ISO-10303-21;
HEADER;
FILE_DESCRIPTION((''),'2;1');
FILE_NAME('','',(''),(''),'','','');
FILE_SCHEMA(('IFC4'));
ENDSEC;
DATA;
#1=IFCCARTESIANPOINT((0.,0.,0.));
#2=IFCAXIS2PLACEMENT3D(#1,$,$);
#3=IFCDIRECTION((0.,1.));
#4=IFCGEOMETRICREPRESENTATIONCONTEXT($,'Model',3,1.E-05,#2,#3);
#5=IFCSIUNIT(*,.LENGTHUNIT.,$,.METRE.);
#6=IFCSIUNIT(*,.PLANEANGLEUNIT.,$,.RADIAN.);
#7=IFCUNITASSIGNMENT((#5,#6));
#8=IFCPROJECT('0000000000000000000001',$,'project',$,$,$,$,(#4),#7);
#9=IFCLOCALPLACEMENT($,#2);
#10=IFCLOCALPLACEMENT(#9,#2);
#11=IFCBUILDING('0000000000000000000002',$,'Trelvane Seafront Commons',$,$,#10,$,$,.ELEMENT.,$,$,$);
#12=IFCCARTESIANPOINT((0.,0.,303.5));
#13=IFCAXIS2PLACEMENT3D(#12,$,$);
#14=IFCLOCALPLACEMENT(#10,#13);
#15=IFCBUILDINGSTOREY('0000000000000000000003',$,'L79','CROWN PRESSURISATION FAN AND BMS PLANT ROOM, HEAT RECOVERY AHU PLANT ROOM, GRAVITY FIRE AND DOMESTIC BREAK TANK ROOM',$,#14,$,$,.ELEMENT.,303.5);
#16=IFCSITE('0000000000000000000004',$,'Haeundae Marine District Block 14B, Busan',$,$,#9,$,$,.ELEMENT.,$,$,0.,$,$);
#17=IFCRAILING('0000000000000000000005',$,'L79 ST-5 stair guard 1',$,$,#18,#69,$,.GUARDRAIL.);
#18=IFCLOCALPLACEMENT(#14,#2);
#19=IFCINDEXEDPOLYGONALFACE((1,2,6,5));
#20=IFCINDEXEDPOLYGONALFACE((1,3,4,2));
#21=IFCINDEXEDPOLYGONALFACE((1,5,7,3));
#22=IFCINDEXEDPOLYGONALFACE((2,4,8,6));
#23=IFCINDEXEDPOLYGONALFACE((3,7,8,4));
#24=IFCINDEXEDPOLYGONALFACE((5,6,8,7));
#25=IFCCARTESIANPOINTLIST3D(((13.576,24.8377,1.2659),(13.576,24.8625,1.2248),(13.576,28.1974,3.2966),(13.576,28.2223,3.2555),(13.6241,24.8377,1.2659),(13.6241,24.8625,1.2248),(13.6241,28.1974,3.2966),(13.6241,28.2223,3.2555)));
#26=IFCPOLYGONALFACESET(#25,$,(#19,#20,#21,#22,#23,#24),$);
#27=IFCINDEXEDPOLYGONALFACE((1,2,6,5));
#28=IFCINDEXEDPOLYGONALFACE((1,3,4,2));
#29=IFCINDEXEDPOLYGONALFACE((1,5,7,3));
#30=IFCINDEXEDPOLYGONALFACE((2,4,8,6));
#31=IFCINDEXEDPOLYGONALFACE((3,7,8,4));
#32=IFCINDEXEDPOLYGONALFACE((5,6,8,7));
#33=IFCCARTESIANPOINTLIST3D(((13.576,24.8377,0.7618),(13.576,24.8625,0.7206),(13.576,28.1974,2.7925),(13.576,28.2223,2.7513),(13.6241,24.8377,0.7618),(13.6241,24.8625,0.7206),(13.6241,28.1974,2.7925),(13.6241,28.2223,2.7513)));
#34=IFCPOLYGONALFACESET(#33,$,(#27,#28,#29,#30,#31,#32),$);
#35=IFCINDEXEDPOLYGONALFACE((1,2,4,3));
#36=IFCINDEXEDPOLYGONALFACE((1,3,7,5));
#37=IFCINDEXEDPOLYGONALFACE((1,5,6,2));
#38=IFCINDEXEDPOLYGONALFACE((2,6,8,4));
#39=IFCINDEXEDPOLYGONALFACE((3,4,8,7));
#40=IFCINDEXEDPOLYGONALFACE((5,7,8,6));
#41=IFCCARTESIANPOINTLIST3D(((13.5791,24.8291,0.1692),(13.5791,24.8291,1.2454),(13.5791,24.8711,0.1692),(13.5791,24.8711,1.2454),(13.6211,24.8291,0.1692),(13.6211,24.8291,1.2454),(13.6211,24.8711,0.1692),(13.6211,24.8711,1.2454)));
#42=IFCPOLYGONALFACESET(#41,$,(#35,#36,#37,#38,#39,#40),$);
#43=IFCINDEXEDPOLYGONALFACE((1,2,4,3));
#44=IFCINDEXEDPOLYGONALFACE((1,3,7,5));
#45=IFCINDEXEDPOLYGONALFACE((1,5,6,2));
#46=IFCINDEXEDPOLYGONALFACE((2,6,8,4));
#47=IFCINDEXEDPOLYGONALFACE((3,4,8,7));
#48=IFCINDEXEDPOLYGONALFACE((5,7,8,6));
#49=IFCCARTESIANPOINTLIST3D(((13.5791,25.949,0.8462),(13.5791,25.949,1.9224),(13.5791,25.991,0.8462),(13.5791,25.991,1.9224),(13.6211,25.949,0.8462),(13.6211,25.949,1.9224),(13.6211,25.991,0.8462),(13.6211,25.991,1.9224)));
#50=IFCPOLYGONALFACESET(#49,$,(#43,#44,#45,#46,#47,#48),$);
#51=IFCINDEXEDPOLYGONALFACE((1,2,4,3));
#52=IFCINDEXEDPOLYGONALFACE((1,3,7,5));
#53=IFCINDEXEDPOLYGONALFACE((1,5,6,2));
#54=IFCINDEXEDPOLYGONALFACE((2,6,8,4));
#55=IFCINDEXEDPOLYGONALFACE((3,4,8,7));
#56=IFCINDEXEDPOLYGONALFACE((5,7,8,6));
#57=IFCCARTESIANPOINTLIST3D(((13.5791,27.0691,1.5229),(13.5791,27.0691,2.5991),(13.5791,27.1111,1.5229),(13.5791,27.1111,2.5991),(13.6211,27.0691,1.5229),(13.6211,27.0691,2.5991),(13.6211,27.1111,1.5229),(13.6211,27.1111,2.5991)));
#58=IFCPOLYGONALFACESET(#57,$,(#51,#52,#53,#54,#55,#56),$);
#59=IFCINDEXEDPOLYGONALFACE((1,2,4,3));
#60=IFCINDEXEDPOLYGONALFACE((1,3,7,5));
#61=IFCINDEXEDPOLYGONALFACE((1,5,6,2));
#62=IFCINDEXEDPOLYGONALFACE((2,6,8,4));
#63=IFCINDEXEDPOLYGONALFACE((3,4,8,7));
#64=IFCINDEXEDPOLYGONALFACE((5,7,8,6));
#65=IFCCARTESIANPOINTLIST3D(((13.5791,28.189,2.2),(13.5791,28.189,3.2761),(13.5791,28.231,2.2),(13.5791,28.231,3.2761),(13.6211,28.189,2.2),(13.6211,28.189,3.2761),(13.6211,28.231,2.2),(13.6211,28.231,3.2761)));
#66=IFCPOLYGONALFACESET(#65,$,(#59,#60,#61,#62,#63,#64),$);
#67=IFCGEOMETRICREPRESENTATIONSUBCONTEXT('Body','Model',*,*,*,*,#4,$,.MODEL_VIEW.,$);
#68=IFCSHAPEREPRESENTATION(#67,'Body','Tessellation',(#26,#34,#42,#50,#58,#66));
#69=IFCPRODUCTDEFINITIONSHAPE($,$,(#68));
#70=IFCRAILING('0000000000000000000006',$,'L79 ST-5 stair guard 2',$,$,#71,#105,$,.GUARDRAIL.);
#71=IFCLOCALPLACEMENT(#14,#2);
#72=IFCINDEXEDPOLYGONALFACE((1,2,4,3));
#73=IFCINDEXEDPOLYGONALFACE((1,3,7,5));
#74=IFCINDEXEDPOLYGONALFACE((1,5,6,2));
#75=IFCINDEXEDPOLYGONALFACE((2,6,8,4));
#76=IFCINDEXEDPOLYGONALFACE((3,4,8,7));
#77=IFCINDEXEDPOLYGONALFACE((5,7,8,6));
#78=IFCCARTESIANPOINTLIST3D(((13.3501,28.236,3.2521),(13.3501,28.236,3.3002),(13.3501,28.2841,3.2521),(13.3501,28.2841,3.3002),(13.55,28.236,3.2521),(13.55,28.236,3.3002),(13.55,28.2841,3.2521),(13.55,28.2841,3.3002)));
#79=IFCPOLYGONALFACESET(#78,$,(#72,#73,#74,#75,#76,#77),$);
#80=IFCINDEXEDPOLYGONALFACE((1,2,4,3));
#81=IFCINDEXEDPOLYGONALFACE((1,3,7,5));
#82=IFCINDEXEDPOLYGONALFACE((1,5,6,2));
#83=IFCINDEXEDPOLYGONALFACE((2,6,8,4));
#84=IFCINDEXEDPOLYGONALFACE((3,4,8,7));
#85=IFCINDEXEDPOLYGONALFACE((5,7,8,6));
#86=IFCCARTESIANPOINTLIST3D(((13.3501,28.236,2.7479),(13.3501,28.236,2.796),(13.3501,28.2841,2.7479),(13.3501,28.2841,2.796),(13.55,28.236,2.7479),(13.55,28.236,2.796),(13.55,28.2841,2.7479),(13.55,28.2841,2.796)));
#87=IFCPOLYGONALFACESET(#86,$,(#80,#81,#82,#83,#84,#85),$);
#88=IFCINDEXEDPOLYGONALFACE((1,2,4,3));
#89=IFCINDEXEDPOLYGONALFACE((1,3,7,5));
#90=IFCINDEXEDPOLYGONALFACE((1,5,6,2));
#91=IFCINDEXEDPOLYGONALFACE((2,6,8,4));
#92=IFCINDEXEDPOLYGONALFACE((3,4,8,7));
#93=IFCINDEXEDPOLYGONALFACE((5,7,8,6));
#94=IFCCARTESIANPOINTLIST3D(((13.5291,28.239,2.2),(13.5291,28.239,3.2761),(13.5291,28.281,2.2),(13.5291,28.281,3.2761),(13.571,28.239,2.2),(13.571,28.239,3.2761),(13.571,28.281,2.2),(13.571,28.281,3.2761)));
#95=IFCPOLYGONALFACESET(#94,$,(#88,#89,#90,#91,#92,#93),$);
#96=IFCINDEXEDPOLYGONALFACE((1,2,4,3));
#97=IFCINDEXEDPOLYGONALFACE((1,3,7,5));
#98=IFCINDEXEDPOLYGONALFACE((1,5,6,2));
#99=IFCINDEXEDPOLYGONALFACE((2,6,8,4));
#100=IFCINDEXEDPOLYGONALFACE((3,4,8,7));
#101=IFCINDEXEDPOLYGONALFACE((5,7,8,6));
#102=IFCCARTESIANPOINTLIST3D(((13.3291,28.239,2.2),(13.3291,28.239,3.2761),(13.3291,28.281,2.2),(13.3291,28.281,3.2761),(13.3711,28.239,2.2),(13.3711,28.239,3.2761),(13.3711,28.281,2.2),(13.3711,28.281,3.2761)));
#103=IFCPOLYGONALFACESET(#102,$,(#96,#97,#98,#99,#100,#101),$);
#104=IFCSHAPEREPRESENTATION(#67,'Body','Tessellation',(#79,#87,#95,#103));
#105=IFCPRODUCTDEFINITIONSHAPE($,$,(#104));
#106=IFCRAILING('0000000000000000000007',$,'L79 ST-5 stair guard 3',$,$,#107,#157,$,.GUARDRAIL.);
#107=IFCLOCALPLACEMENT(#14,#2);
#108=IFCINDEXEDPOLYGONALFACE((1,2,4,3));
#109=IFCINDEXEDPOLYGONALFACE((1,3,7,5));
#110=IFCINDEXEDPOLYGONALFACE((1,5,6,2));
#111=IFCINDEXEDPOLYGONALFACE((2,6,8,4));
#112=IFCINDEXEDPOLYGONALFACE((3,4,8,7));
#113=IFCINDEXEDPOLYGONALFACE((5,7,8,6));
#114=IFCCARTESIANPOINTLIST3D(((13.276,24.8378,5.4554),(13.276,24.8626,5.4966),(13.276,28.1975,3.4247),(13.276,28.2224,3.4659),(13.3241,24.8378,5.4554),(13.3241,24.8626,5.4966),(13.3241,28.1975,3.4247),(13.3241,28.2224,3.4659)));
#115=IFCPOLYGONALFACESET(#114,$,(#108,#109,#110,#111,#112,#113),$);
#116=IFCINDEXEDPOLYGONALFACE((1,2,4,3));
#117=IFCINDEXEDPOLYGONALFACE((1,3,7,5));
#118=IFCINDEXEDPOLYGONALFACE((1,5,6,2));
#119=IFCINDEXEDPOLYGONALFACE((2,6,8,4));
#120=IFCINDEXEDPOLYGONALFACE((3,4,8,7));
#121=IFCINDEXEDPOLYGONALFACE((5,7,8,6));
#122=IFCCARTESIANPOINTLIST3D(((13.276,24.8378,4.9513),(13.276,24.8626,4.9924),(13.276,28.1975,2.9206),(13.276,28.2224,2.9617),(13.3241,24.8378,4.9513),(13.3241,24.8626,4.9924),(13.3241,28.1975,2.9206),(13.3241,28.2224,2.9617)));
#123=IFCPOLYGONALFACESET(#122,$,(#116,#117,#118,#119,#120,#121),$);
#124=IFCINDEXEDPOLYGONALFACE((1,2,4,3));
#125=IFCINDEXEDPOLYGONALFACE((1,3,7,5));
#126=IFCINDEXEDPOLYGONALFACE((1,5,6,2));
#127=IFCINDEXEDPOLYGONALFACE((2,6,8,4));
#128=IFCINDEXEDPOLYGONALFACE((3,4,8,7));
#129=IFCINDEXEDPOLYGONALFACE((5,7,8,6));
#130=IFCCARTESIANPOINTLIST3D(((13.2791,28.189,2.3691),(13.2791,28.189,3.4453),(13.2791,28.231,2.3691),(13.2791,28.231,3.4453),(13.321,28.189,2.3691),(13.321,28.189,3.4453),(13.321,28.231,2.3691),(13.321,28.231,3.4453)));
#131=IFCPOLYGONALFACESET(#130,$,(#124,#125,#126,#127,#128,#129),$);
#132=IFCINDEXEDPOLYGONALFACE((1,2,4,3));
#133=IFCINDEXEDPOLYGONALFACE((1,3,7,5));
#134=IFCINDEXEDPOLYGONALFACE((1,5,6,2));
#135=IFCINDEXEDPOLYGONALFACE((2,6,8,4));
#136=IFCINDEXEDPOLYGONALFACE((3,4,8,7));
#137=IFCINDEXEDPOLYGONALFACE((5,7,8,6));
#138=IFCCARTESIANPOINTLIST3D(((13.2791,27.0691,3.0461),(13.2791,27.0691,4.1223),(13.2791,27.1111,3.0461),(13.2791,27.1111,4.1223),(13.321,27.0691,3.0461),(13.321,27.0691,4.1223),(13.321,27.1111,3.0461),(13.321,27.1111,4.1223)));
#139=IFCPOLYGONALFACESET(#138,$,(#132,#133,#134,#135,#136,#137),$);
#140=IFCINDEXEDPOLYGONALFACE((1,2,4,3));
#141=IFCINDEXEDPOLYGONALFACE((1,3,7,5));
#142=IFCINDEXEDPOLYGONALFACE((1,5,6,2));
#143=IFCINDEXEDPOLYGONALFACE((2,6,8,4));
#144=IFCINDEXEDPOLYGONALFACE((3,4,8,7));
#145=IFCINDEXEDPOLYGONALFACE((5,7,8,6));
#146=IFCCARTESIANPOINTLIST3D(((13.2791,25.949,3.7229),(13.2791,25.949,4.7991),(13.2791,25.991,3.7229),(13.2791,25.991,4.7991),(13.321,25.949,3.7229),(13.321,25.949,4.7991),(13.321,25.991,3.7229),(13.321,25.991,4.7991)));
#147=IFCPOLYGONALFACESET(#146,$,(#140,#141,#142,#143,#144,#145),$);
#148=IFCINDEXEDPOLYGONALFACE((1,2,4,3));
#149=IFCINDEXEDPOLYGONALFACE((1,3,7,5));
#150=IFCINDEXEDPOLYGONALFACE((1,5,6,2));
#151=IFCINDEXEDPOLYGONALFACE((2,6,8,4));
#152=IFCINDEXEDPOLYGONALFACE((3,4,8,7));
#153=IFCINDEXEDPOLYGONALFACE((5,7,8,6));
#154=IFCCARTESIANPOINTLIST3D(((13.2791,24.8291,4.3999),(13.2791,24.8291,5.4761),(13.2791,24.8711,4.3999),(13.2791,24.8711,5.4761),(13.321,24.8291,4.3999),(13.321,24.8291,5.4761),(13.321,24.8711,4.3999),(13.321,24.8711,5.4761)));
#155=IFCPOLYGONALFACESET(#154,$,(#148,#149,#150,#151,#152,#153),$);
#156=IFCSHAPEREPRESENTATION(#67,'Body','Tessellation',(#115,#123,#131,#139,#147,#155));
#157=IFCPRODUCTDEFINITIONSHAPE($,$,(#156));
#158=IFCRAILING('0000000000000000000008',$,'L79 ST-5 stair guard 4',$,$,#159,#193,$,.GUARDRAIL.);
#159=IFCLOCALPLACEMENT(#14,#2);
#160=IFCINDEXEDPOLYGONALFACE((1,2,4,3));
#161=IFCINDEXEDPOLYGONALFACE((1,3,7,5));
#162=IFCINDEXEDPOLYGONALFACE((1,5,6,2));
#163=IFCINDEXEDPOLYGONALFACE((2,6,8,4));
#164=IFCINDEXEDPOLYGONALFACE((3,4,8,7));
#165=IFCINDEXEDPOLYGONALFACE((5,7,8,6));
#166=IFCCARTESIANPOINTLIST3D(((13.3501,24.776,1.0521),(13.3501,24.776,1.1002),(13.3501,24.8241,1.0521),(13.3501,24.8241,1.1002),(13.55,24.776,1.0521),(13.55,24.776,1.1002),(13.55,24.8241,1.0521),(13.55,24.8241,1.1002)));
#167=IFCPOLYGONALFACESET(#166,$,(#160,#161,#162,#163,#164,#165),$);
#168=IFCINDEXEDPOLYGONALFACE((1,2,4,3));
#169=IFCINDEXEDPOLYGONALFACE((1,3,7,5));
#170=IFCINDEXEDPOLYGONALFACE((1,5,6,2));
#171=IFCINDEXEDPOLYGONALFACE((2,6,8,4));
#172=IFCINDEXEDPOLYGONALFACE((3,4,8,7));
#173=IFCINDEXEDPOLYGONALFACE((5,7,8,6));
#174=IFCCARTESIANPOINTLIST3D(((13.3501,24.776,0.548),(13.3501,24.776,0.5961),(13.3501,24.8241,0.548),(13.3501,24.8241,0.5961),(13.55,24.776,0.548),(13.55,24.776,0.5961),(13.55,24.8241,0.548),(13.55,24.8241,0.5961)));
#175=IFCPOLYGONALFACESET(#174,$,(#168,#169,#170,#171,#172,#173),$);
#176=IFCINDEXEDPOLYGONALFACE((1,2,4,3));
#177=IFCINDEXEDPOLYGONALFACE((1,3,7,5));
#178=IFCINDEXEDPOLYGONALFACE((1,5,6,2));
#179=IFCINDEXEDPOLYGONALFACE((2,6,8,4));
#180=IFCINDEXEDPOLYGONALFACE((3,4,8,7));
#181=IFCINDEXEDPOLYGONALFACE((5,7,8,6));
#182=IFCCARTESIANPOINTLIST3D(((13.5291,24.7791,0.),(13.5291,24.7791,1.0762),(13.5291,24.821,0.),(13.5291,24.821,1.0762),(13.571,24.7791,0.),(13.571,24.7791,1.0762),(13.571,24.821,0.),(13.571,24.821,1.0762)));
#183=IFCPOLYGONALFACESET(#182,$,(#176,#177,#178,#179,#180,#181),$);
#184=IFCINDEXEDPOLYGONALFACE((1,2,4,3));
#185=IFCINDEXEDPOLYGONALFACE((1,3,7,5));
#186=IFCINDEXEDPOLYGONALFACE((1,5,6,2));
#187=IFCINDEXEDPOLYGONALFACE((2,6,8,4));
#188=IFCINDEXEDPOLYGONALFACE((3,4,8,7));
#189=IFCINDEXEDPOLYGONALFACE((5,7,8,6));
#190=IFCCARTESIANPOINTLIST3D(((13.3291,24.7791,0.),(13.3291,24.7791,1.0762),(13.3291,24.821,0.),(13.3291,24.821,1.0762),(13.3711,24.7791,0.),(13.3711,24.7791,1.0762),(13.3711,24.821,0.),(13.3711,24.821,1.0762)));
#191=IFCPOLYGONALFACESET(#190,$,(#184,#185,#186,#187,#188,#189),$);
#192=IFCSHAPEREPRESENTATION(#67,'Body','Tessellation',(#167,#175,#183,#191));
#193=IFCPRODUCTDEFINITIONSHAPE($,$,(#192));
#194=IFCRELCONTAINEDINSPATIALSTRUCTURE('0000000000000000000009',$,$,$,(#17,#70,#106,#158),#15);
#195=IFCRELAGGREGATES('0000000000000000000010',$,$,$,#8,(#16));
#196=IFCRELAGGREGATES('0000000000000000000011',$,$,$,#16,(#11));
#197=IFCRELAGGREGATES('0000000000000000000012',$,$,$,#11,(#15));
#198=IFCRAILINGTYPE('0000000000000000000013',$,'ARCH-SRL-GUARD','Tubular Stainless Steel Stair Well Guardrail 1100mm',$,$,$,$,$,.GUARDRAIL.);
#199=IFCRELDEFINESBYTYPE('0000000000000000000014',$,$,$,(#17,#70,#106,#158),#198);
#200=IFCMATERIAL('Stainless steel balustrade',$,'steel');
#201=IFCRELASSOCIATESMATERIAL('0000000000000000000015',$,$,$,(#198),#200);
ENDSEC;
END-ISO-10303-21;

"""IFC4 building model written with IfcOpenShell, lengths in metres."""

from ifc_helpers import new_model, si_unit, direction, frame, origin, origin_2d, place, context, subcontext, project, spatial, rectangle, extrude, material, type_object, element, save


model = new_model("IFC4")

# Units and contexts
model_context = context("Model", 3, precision=1e-05, world=origin(), true_north=direction((0.0, 1.0)))
body_context = subcontext(model_context, "Body", "Model", "MODEL_VIEW")
ifc_project = project(units=[si_unit("LENGTHUNIT", "METRE"), si_unit("PLANEANGLEUNIT", "RADIAN")], contexts=[model_context])

# Site, building, storey
site_placement = place(None, origin())
site = spatial("IfcSite", under=ifc_project, at=site_placement, Name="Haeundae Marine District Block 14B, Busan", CompositionType="ELEMENT", RefElevation=0.0)
building_placement = place(site_placement, origin())
building = spatial("IfcBuilding", under=site, at=building_placement, Name="Trelvane Seafront Commons", CompositionType="ELEMENT")
storey_placement = place(building_placement, frame((0.0, 0.0, 303.5)))
storey = spatial("IfcBuildingStorey", under=building, at=storey_placement, Name="L79", Description="CROWN PRESSURISATION FAN AND BMS PLANT ROOM, HEAT RECOVERY AHU PLANT ROOM, GRAVITY FIRE AND DOMESTIC BREAK TANK ROOM", CompositionType="ELEMENT", Elevation=303.5)

# Railings
ifc_material_1 = material(Name="Stainless steel balustrade", Category="steel")
railing_type_1 = type_object("IfcRailingType", Name="ARCH-SRL-GUARD", Description="Tubular Stainless Steel Stair Well Guardrail 1100mm", PredefinedType="GUARDRAIL", material=ifc_material_1)
railing_1_placement = place(storey_placement, frame((13.6001, 24.8501, 0.1692)))
element("IfcRailing", 1, at=railing_1_placement, inside=storey, type_object=railing_type_1, Name="L79 ST-5 stair guard 1", PredefinedType="GUARDRAIL", context=body_context, shape_type="SweptSolid", body=[
    extrude(rectangle(XDim=0.0481, YDim=0.0481, at=origin_2d()), frame((0.0, 0.0, 1.0762), z_axis=(0.0, 0.85582, 0.517273), x_axis=(-1.0, 0.0, 0.0)), (0.0, 0.0, 1.0), 3.9258),
    extrude(rectangle(XDim=0.0481, YDim=0.0481, at=origin_2d()), frame((0.0, 0.0, 0.572), z_axis=(0.0, 0.85582, 0.517273), x_axis=(-1.0, 0.0, 0.0)), (0.0, 0.0, 1.0), 3.9258),
    extrude(rectangle(XDim=0.042, YDim=0.042, at=origin_2d()), origin(), (0.0, 0.0, 1.0), 1.0762),
    extrude(rectangle(XDim=0.042, YDim=0.042, at=origin_2d()), frame((0.0, 1.1199, 0.677)), (0.0, 0.0, 1.0), 1.0762),
    extrude(rectangle(XDim=0.042, YDim=0.042, at=origin_2d()), frame((0.0, 2.24, 1.3538)), (0.0, 0.0, 1.0), 1.0762),
    extrude(rectangle(XDim=0.042, YDim=0.042, at=origin_2d()), frame((0.0, 3.3599, 2.0308)), (0.0, 0.0, 1.0), 1.0762),
])
railing_2_placement = place(storey_placement, frame((13.55, 28.26, 2.2)))
element("IfcRailing", 2, at=railing_2_placement, inside=storey, type_object=railing_type_1, Name="L79 ST-5 stair guard 2", PredefinedType="GUARDRAIL", context=body_context, shape_type="SweptSolid", body=[
    extrude(rectangle(XDim=0.0481, YDim=0.0481, at=origin_2d()), frame((0.0, 0.0, 1.0762), z_axis=(-1.0, 0.0, 0.0), x_axis=(0.0, -1.0, 0.0)), (0.0, 0.0, 1.0), 0.2),
    extrude(rectangle(XDim=0.0481, YDim=0.0481, at=origin_2d()), frame((0.0, 0.0, 0.572), z_axis=(-1.0, 0.0, 0.0), x_axis=(0.0, -1.0, 0.0)), (0.0, 0.0, 1.0), 0.2),
    extrude(rectangle(XDim=0.042, YDim=0.042, at=origin_2d()), origin(), (0.0, 0.0, 1.0), 1.0762),
    extrude(rectangle(XDim=0.042, YDim=0.042, at=origin_2d()), frame((-0.2, 0.0, 0.0)), (0.0, 0.0, 1.0), 1.0762),
])
railing_3_placement = place(storey_placement, frame((13.3, 28.21, 2.3691)))
element("IfcRailing", 3, at=railing_3_placement, inside=storey, type_object=railing_type_1, Name="L79 ST-5 stair guard 3", PredefinedType="GUARDRAIL", context=body_context, shape_type="SweptSolid", body=[
    extrude(rectangle(XDim=0.0481, YDim=0.0481, at=origin_2d()), frame((0.0, 0.0, 1.0762), z_axis=(0.0, -0.85582, 0.517273), x_axis=(1.0, 0.0, 0.0)), (0.0, 0.0, 1.0), 3.9258),
    extrude(rectangle(XDim=0.0481, YDim=0.0481, at=origin_2d()), frame((0.0, 0.0, 0.572), z_axis=(0.0, -0.85582, 0.517273), x_axis=(1.0, 0.0, 0.0)), (0.0, 0.0, 1.0), 3.9258),
    extrude(rectangle(XDim=0.042, YDim=0.042, at=origin_2d()), origin(), (0.0, 0.0, 1.0), 1.0762),
    extrude(rectangle(XDim=0.042, YDim=0.042, at=origin_2d()), frame((0.0, -1.1199, 0.677)), (0.0, 0.0, 1.0), 1.0762),
    extrude(rectangle(XDim=0.042, YDim=0.042, at=origin_2d()), frame((0.0, -2.24, 1.3538)), (0.0, 0.0, 1.0), 1.0762),
    extrude(rectangle(XDim=0.042, YDim=0.042, at=origin_2d()), frame((0.0, -3.3599, 2.0308)), (0.0, 0.0, 1.0), 1.0762),
])
railing_4_placement = place(storey_placement, frame((13.55, 24.8, 0.0)))
element("IfcRailing", 4, at=railing_4_placement, inside=storey, type_object=railing_type_1, Name="L79 ST-5 stair guard 4", PredefinedType="GUARDRAIL", context=body_context, shape_type="SweptSolid", body=[
    extrude(rectangle(XDim=0.0481, YDim=0.0481, at=origin_2d()), frame((0.0, 0.0, 1.0762), z_axis=(-1.0, 0.0, 0.0), x_axis=(0.0, -1.0, 0.0)), (0.0, 0.0, 1.0), 0.2),
    extrude(rectangle(XDim=0.0481, YDim=0.0481, at=origin_2d()), frame((0.0, 0.0, 0.572), z_axis=(-1.0, 0.0, 0.0), x_axis=(0.0, -1.0, 0.0)), (0.0, 0.0, 1.0), 0.2),
    extrude(rectangle(XDim=0.042, YDim=0.042, at=origin_2d()), origin(), (0.0, 0.0, 1.0), 1.0762),
    extrude(rectangle(XDim=0.042, YDim=0.042, at=origin_2d()), frame((-0.2, 0.0, 0.0)), (0.0, 0.0, 1.0), 1.0762),
])

save(model, "model.ifc")
